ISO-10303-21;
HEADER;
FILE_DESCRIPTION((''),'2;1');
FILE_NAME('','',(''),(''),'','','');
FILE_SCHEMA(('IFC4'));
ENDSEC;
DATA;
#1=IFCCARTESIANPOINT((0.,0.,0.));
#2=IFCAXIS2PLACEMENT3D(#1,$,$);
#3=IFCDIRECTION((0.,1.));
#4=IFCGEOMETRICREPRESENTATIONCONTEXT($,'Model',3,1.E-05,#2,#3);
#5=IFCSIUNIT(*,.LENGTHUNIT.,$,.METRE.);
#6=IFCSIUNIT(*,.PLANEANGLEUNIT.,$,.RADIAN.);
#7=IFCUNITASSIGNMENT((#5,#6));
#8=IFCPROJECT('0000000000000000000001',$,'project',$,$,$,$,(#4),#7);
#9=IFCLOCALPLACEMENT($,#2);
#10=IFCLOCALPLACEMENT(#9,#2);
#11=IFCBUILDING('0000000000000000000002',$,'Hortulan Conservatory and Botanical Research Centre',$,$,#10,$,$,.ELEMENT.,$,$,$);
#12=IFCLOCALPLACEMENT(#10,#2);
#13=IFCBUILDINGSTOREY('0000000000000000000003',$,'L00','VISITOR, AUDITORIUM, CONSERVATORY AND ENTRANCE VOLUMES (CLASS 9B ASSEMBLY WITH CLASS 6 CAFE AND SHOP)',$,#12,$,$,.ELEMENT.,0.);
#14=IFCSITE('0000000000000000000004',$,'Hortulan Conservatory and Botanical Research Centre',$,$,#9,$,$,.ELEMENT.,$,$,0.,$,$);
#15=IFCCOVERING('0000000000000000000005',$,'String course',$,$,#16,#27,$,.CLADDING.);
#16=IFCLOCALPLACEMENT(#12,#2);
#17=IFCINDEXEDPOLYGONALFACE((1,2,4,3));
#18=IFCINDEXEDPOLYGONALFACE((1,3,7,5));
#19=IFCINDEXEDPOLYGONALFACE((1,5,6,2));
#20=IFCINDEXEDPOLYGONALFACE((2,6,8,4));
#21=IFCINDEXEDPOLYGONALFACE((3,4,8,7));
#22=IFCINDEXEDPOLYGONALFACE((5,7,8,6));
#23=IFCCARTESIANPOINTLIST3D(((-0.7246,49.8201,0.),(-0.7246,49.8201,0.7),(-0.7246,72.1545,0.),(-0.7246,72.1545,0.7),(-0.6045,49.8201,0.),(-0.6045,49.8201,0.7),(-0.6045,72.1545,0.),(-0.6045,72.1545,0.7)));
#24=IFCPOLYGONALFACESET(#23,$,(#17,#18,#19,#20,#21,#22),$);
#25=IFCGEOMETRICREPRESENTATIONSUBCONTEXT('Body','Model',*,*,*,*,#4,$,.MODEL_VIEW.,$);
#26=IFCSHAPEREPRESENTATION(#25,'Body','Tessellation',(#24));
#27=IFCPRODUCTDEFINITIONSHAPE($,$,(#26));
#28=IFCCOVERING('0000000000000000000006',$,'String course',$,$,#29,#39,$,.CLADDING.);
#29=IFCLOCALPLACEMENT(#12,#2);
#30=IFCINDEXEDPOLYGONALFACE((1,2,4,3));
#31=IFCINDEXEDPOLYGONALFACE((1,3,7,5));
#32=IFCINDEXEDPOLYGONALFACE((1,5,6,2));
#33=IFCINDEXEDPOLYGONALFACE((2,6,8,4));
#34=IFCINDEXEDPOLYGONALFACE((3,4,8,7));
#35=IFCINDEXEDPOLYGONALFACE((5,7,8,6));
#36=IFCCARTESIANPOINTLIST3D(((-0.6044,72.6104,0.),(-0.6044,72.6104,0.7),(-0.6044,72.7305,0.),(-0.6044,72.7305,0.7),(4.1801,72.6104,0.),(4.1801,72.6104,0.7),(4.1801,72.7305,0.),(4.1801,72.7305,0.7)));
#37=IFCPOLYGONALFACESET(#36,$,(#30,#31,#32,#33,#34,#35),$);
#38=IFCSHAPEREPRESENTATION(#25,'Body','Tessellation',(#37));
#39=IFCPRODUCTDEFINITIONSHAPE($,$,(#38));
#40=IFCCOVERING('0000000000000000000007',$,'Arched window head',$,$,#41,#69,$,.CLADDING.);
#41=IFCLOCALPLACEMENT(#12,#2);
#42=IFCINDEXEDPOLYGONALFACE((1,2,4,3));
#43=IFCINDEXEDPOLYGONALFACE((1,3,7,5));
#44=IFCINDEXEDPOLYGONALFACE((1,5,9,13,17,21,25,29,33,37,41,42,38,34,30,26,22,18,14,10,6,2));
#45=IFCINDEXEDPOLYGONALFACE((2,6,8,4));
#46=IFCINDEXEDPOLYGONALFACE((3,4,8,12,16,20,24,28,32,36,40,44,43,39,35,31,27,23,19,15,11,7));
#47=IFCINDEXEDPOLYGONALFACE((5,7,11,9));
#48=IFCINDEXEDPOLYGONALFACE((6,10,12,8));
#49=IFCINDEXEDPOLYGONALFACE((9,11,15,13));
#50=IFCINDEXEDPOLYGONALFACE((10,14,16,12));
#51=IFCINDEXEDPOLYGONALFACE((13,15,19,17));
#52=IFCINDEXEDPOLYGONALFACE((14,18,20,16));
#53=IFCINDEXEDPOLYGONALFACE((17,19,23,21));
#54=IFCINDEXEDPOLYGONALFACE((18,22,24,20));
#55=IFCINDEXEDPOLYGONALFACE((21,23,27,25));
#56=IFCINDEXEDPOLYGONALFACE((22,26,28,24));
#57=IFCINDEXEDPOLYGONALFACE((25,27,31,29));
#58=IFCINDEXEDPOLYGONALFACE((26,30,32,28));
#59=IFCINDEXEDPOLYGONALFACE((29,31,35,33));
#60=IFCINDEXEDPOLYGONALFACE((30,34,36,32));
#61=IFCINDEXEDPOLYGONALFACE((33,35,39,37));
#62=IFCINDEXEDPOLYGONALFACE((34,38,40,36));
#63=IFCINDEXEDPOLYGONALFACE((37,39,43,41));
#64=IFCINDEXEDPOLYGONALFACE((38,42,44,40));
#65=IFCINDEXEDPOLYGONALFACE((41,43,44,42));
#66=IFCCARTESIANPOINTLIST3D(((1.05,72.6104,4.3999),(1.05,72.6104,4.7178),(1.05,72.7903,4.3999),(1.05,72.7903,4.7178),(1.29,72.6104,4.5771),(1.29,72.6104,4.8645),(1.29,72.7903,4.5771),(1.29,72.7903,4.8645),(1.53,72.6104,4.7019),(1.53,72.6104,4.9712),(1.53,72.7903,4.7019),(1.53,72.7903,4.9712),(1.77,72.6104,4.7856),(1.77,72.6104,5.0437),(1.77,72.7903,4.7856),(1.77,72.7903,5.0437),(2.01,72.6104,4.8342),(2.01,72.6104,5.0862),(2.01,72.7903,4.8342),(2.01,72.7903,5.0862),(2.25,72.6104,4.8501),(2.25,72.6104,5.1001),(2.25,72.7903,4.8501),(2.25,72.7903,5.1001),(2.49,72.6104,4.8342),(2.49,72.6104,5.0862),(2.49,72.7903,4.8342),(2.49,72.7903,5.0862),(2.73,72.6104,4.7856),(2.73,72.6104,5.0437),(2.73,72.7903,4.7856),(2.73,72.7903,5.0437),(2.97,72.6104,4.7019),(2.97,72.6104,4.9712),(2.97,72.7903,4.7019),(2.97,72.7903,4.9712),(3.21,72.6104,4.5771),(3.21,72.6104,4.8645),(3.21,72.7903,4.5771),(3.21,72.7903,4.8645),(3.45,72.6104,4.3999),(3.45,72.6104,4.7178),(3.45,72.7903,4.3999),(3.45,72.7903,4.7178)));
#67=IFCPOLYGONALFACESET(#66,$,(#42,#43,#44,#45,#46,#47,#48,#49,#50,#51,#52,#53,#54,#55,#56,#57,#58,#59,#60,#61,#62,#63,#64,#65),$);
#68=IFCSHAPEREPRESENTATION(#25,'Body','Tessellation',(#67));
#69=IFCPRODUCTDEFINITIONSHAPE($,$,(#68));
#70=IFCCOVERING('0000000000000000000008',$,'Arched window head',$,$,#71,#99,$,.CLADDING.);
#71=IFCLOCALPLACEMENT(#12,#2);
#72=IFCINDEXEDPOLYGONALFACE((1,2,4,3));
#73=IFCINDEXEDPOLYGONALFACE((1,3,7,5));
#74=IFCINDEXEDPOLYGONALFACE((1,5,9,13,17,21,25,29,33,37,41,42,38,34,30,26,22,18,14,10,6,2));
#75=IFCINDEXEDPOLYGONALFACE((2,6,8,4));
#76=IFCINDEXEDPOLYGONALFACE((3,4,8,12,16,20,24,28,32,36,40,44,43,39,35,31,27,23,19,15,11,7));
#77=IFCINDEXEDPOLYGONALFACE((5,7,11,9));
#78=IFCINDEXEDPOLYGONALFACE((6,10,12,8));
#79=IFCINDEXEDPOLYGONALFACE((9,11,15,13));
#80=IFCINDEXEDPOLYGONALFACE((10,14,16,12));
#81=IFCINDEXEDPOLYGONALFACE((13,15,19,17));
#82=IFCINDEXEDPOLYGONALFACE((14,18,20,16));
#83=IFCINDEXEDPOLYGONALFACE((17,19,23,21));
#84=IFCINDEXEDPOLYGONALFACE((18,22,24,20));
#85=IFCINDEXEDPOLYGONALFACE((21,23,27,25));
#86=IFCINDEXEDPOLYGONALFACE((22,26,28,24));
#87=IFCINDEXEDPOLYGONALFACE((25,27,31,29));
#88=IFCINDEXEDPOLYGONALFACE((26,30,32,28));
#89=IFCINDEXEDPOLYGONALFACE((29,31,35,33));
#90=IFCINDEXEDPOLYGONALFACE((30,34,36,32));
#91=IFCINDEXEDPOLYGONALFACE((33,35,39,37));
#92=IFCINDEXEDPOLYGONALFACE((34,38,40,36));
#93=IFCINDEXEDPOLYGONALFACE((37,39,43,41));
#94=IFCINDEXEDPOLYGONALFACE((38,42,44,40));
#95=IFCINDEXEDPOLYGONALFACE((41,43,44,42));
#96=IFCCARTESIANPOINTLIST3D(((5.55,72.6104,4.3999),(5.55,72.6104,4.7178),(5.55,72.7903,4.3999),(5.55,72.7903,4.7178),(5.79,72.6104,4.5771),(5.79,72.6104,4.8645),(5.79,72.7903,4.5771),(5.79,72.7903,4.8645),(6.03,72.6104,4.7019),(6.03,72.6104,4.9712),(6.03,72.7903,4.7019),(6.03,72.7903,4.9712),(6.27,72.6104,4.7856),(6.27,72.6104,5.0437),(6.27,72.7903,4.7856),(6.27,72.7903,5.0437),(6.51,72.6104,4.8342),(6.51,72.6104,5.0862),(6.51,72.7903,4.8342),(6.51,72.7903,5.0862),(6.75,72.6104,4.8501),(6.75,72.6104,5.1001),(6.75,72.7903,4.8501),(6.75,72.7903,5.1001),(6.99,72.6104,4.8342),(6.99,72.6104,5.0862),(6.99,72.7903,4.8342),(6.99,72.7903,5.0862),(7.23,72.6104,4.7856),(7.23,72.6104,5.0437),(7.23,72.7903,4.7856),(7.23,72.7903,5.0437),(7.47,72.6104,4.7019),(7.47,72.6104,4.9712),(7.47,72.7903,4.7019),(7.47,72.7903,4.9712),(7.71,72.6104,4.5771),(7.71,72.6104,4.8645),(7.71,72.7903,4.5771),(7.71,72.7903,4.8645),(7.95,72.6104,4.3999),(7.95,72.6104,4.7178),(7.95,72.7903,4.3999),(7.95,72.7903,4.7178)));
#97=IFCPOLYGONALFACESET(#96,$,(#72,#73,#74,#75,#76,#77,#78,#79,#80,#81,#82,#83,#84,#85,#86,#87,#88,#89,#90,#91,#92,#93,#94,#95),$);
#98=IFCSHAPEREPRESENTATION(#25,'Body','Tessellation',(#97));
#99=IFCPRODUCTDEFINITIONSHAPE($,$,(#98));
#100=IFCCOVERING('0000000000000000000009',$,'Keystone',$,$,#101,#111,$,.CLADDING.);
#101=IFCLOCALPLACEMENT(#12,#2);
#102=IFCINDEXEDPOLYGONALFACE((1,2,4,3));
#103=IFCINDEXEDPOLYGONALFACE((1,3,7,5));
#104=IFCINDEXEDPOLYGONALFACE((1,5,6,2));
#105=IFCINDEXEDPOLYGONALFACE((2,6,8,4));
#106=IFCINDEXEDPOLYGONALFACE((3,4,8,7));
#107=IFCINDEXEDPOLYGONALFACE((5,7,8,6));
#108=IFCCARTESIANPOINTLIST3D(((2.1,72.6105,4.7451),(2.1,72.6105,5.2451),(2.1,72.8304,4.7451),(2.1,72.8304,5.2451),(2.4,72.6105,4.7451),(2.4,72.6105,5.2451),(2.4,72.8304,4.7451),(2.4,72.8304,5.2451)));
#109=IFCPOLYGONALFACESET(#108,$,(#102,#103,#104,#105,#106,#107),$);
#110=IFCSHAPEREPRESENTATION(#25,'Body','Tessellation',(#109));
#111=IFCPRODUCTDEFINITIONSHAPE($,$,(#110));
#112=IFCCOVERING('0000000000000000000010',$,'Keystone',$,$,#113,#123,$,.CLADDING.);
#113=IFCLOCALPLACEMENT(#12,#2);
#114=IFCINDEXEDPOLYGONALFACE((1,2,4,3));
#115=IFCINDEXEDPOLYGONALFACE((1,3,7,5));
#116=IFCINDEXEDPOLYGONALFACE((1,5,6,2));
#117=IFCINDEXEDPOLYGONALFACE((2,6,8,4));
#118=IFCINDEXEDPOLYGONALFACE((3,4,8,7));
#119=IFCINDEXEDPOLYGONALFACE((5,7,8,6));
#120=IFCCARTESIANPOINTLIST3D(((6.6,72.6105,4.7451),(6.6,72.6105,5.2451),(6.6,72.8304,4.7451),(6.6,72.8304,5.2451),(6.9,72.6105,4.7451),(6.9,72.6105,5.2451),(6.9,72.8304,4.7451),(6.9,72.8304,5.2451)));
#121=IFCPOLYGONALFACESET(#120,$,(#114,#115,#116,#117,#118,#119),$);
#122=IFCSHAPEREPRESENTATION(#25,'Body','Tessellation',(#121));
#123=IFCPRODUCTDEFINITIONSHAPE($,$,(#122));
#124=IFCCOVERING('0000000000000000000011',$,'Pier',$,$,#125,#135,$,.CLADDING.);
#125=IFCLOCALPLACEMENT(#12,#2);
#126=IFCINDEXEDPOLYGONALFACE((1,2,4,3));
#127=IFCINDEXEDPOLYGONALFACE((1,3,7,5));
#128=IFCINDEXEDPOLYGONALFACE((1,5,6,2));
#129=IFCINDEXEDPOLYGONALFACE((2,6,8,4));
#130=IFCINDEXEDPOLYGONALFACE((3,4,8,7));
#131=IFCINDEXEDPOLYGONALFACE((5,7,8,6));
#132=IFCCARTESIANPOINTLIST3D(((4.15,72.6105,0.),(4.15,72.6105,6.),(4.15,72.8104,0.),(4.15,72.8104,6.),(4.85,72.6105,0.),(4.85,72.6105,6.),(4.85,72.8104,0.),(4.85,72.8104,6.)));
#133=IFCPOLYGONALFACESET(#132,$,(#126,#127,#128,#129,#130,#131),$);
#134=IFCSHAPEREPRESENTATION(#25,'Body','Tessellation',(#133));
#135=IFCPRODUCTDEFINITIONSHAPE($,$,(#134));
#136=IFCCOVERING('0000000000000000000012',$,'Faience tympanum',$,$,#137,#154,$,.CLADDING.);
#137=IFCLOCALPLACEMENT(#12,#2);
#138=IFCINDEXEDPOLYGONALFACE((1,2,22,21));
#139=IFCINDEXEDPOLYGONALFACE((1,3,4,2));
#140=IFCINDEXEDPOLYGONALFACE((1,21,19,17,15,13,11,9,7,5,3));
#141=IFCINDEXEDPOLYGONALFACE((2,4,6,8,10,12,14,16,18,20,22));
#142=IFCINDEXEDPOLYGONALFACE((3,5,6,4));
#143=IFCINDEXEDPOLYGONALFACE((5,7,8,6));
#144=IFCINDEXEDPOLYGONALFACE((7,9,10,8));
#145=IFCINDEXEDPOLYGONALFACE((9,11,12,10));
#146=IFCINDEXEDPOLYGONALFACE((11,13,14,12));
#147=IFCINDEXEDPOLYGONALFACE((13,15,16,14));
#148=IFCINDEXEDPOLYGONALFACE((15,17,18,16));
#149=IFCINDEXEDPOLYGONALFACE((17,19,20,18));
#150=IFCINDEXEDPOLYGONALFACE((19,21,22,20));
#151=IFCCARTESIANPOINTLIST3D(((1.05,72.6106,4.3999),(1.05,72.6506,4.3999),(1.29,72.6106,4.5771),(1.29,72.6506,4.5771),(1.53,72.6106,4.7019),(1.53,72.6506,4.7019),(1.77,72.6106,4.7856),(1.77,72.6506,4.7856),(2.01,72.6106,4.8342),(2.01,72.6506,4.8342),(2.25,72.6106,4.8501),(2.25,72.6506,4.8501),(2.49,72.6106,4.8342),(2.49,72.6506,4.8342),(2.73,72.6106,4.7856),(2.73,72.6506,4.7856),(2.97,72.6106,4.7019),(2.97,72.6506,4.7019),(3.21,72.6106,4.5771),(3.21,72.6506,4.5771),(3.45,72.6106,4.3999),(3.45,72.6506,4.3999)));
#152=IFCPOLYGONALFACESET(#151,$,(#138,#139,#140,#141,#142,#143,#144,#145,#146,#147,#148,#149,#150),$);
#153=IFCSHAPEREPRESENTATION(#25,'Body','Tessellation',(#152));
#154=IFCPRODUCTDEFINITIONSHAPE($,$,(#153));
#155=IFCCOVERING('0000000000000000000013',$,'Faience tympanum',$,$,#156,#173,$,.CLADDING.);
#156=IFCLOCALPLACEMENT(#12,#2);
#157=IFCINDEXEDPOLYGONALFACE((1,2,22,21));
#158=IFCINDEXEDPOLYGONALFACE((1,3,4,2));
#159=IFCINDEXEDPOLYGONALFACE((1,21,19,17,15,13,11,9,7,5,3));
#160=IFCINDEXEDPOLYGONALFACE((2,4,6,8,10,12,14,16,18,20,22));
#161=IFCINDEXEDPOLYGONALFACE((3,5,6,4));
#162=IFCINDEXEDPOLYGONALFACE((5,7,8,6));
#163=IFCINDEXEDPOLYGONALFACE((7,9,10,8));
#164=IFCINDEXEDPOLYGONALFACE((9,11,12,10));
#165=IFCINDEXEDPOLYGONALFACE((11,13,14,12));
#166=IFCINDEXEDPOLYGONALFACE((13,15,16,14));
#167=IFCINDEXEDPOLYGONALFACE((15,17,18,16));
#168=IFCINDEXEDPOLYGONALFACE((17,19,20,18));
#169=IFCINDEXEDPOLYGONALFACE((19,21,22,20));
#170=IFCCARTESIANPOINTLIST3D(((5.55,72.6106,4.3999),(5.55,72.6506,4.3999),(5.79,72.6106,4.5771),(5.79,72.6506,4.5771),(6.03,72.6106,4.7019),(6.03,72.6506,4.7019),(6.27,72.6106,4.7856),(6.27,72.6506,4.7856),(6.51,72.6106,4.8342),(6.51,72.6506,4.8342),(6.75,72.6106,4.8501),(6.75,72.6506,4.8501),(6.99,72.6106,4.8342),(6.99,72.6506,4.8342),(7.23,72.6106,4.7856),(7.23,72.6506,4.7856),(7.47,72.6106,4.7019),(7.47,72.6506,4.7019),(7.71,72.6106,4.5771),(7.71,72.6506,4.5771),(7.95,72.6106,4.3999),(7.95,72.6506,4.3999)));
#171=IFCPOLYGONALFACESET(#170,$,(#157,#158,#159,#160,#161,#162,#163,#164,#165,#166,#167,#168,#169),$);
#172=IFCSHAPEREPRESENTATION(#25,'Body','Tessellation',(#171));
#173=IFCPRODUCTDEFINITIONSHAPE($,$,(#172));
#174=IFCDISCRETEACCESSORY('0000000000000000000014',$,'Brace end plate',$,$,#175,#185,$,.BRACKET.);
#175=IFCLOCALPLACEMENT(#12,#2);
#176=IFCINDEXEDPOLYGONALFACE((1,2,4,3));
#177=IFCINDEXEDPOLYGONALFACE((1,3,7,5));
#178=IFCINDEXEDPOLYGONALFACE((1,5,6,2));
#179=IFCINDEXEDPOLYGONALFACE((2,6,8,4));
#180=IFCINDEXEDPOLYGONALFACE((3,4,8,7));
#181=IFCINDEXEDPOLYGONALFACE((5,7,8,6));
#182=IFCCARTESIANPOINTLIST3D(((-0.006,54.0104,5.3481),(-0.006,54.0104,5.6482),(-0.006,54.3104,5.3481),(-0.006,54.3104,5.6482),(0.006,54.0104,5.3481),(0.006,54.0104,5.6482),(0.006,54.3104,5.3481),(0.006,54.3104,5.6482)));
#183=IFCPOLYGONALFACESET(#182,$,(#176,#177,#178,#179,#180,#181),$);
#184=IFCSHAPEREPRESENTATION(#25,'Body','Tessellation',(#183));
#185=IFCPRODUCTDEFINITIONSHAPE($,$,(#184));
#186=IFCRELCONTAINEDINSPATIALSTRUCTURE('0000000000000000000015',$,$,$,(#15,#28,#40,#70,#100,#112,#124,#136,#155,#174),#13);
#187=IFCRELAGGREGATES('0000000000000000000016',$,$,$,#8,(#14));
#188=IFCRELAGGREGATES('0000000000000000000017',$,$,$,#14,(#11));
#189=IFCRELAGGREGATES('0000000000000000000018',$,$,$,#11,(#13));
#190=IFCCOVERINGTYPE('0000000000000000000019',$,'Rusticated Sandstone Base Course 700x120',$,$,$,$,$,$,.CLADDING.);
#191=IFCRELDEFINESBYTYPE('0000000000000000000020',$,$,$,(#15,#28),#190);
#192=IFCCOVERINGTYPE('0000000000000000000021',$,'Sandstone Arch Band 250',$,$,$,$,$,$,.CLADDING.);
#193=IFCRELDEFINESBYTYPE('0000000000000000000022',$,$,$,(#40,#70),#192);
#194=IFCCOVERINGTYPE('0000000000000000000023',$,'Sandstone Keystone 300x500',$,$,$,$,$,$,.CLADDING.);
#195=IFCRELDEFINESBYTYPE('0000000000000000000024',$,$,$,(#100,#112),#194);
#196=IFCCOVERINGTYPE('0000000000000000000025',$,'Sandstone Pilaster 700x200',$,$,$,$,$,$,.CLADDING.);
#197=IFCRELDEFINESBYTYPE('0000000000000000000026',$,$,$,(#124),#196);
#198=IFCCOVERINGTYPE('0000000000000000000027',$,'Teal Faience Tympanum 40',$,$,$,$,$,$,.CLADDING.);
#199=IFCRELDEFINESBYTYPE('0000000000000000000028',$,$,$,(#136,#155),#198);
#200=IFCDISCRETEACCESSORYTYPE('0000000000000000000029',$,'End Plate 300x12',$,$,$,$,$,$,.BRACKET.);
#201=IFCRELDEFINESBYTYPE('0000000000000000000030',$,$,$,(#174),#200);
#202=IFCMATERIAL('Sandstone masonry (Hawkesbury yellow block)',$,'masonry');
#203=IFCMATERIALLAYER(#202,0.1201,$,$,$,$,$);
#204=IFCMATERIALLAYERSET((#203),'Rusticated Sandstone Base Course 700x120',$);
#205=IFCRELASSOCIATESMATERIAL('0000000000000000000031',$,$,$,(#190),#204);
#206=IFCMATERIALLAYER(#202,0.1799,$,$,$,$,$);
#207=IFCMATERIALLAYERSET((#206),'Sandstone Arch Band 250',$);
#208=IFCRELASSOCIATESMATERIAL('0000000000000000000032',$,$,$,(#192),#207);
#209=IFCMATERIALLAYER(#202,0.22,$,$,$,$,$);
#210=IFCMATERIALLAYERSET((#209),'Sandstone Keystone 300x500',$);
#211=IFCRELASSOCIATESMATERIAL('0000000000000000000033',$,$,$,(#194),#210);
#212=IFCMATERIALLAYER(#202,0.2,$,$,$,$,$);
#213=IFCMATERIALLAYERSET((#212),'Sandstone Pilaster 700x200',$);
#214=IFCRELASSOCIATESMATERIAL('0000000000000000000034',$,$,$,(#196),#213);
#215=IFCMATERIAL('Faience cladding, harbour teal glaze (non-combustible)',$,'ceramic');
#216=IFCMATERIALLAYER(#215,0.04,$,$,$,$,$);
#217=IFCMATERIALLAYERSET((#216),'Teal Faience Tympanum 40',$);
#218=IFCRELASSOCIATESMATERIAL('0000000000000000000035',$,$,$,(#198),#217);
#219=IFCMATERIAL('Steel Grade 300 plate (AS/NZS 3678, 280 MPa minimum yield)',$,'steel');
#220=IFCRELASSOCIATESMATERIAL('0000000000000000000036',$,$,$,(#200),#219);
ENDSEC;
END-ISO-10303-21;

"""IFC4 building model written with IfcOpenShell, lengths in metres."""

from ifc_helpers import new_model, si_unit, direction, frame, origin, origin_2d, place, context, subcontext, project, spatial, polyline, rectangle, outline, extrude, material, layer, layer_set, type_object, element, save


model = new_model("IFC4")

# Units and contexts
model_context = context("Model", 3, precision=1e-05, world=origin(), true_north=direction((0.0, 1.0)))
body_context = subcontext(model_context, "Body", "Model", "MODEL_VIEW")
ifc_project = project(units=[si_unit("LENGTHUNIT", "METRE"), si_unit("PLANEANGLEUNIT", "RADIAN")], contexts=[model_context])

# Site, building, storey
site_placement = place(None, origin())
site = spatial("IfcSite", under=ifc_project, at=site_placement, Name="Hortulan Conservatory and Botanical Research Centre", CompositionType="ELEMENT", RefElevation=0.0)
building_placement = place(site_placement, origin())
building = spatial("IfcBuilding", under=site, at=building_placement, Name="Hortulan Conservatory and Botanical Research Centre", CompositionType="ELEMENT")
storey_placement = place(building_placement, origin())
storey = spatial("IfcBuildingStorey", under=building, at=storey_placement, Name="L00", Description="VISITOR, AUDITORIUM, CONSERVATORY AND ENTRANCE VOLUMES (CLASS 9B ASSEMBLY WITH CLASS 6 CAFE AND SHOP)", CompositionType="ELEMENT", Elevation=0.0)

# Shared definitions
ifc_material_1 = material(Name="Sandstone masonry (Hawkesbury yellow block)", Category="masonry")

# Coverings
ifc_layer_1 = layer(ifc_material_1, 0.1201)
ifc_layer_set_1 = layer_set([ifc_layer_1], Name="Rusticated Sandstone Base Course 700x120")
covering_type_1 = type_object("IfcCoveringType", Name="Rusticated Sandstone Base Course 700x120", PredefinedType="CLADDING", material=ifc_layer_set_1)
covering_1_placement = place(storey_placement, frame((-0.6646, 60.9873, 0.0), z_axis=(0.0, 0.0, 1.0), x_axis=(0.0, 1.0, 0.0)))
element("IfcCovering", 1, at=covering_1_placement, inside=storey, type_object=covering_type_1, Name="String course", PredefinedType="CLADDING", context=body_context, shape_type="SweptSolid", body=[
    extrude(rectangle(XDim=22.3345, YDim=0.1201, at=origin_2d()), origin(), (0.0, 0.0, 1.0), 0.7),
])
covering_2_placement = place(storey_placement, frame((1.7878, 72.6704, 0.0), z_axis=(0.0, 0.0, 1.0), x_axis=(1.0, 0.0, 0.0)))
element("IfcCovering", 2, at=covering_2_placement, inside=storey, type_object=covering_type_1, Name="String course", PredefinedType="CLADDING", context=body_context, shape_type="SweptSolid", body=[
    extrude(rectangle(XDim=4.7844, YDim=0.1201, at=origin_2d()), origin(), (0.0, 0.0, 1.0), 0.7),
])
ifc_layer_2 = layer(ifc_material_1, 0.1799)
ifc_layer_set_2 = layer_set([ifc_layer_2], Name="Sandstone Arch Band 250")
covering_type_2 = type_object("IfcCoveringType", Name="Sandstone Arch Band 250", PredefinedType="CLADDING", material=ifc_layer_set_2)
for number, where, z_axis, x_axis, name in (
    (3, (1.05, 72.7004, 4.3999), (0.0, 0.0, 1.0), (1.0, 0.0, 0.0), "Arched window head"),
    (4, (5.55, 72.7004, 4.3999), (0.0, 0.0, 1.0), (1.0, 0.0, 0.0), "Arched window head"),
):
    element("IfcCovering", number, at=place(storey_placement, frame(where, z_axis=z_axis, x_axis=x_axis)), inside=storey, type_object=covering_type_2, Name=name, PredefinedType="CLADDING", context=body_context, shape_type="SweptSolid", body=[
        extrude(outline(polyline([(0.0, 0.0), (0.24, 0.1772), (0.48, 0.302), (0.72, 0.3857), (0.96, 0.4343), (1.2, 0.4502), (1.4399, 0.4343), (1.6799, 0.3857), (1.9199, 0.302), (2.1599, 0.1772), (2.3999, 0.0), (2.3999, 0.3179), (2.1599, 0.4646), (1.9199, 0.5713), (1.6799, 0.6438), (1.4399, 0.6863), (1.2, 0.7002), (0.96, 0.6863), (0.72, 0.6438), (0.48, 0.5713), (0.24, 0.4646), (0.0, 0.3179), (0.0, 0.0)])), frame((0.0, 0.0898, 0.0), z_axis=(0.0, -1.0, 0.0), x_axis=(1.0, 0.0, 0.0)), (0.0, 0.0, 1.0), 0.1799),
    ])
ifc_layer_3 = layer(ifc_material_1, 0.22)
ifc_layer_set_3 = layer_set([ifc_layer_3], Name="Sandstone Keystone 300x500")
covering_type_3 = type_object("IfcCoveringType", Name="Sandstone Keystone 300x500", PredefinedType="CLADDING", material=ifc_layer_set_3)
for number, where, z_axis, x_axis, name in (
    (5, (2.25, 72.7205, 4.7451), (0.0, 0.0, 1.0), (1.0, 0.0, 0.0), "Keystone"),
    (6, (6.75, 72.7205, 4.7451), (0.0, 0.0, 1.0), (1.0, 0.0, 0.0), "Keystone"),
):
    element("IfcCovering", number, at=place(storey_placement, frame(where, z_axis=z_axis, x_axis=x_axis)), inside=storey, type_object=covering_type_3, Name=name, PredefinedType="CLADDING", context=body_context, shape_type="SweptSolid", body=[
        extrude(rectangle(XDim=0.3, YDim=0.22, at=origin_2d()), origin(), (0.0, 0.0, 1.0), 0.5),
    ])
ifc_layer_4 = layer(ifc_material_1, 0.2)
ifc_layer_set_4 = layer_set([ifc_layer_4], Name="Sandstone Pilaster 700x200")
covering_type_4 = type_object("IfcCoveringType", Name="Sandstone Pilaster 700x200", PredefinedType="CLADDING", material=ifc_layer_set_4)
covering_3_placement = place(storey_placement, frame((4.5, 72.7104, 0.0), z_axis=(0.0, 0.0, 1.0), x_axis=(1.0, 0.0, 0.0)))
element("IfcCovering", 7, at=covering_3_placement, inside=storey, type_object=covering_type_4, Name="Pier", PredefinedType="CLADDING", context=body_context, shape_type="SweptSolid", body=[
    extrude(rectangle(XDim=0.7, YDim=0.2, at=origin_2d()), origin(), (0.0, 0.0, 1.0), 6.0),
])
ifc_material_2 = material(Name="Faience cladding, harbour teal glaze (non-combustible)", Category="ceramic")
ifc_layer_5 = layer(ifc_material_2, 0.04)
ifc_layer_set_5 = layer_set([ifc_layer_5], Name="Teal Faience Tympanum 40")
covering_type_5 = type_object("IfcCoveringType", Name="Teal Faience Tympanum 40", PredefinedType="CLADDING", material=ifc_layer_set_5)
for number, where, z_axis, x_axis, name in (
    (8, (1.05, 72.6306, 4.3999), (0.0, 0.0, 1.0), (1.0, 0.0, 0.0), "Faience tympanum"),
    (9, (5.55, 72.6306, 4.3999), (0.0, 0.0, 1.0), (1.0, 0.0, 0.0), "Faience tympanum"),
):
    element("IfcCovering", number, at=place(storey_placement, frame(where, z_axis=z_axis, x_axis=x_axis)), inside=storey, type_object=covering_type_5, Name=name, PredefinedType="CLADDING", context=body_context, shape_type="SweptSolid", body=[
        extrude(outline(polyline([(0.0, 0.0), (0.24, 0.1772), (0.48, 0.302), (0.72, 0.3857), (0.96, 0.4343), (1.2, 0.4502), (1.4399, 0.4343), (1.6799, 0.3857), (1.9199, 0.302), (2.1599, 0.1772), (2.3999, 0.0), (2.3999, 0.0), (0.0, 0.0), (0.0, 0.0)])), frame((0.0, 0.02, 0.0), z_axis=(0.0, -1.0, 0.0), x_axis=(1.0, 0.0, 0.0)), (0.0, 0.0, 1.0), 0.04),
    ])

# Discrete accessory
ifc_material_3 = material(Name="Steel Grade 300 plate (AS/NZS 3678, 280 MPa minimum yield)", Category="steel")
discrete_accessory_type = type_object("IfcDiscreteAccessoryType", Name="End Plate 300x12", PredefinedType="BRACKET", material=ifc_material_3)
for number, where, z_axis, x_axis, name in (
    (10, (0.0, 54.1604, 5.3481), (0.0, 0.0, 1.0), (0.0, -1.0, 0.0), "Brace end plate"),
):
    element("IfcDiscreteAccessory", number, at=place(storey_placement, frame(where, z_axis=z_axis, x_axis=x_axis)), inside=storey, type_object=discrete_accessory_type, Name=name, PredefinedType="BRACKET", context=body_context, shape_type="SweptSolid", body=[
        extrude(rectangle(XDim=0.3, YDim=0.012, at=origin_2d()), origin(), (0.0, 0.0, 1.0), 0.3),
    ])

save(model, "model.ifc")
